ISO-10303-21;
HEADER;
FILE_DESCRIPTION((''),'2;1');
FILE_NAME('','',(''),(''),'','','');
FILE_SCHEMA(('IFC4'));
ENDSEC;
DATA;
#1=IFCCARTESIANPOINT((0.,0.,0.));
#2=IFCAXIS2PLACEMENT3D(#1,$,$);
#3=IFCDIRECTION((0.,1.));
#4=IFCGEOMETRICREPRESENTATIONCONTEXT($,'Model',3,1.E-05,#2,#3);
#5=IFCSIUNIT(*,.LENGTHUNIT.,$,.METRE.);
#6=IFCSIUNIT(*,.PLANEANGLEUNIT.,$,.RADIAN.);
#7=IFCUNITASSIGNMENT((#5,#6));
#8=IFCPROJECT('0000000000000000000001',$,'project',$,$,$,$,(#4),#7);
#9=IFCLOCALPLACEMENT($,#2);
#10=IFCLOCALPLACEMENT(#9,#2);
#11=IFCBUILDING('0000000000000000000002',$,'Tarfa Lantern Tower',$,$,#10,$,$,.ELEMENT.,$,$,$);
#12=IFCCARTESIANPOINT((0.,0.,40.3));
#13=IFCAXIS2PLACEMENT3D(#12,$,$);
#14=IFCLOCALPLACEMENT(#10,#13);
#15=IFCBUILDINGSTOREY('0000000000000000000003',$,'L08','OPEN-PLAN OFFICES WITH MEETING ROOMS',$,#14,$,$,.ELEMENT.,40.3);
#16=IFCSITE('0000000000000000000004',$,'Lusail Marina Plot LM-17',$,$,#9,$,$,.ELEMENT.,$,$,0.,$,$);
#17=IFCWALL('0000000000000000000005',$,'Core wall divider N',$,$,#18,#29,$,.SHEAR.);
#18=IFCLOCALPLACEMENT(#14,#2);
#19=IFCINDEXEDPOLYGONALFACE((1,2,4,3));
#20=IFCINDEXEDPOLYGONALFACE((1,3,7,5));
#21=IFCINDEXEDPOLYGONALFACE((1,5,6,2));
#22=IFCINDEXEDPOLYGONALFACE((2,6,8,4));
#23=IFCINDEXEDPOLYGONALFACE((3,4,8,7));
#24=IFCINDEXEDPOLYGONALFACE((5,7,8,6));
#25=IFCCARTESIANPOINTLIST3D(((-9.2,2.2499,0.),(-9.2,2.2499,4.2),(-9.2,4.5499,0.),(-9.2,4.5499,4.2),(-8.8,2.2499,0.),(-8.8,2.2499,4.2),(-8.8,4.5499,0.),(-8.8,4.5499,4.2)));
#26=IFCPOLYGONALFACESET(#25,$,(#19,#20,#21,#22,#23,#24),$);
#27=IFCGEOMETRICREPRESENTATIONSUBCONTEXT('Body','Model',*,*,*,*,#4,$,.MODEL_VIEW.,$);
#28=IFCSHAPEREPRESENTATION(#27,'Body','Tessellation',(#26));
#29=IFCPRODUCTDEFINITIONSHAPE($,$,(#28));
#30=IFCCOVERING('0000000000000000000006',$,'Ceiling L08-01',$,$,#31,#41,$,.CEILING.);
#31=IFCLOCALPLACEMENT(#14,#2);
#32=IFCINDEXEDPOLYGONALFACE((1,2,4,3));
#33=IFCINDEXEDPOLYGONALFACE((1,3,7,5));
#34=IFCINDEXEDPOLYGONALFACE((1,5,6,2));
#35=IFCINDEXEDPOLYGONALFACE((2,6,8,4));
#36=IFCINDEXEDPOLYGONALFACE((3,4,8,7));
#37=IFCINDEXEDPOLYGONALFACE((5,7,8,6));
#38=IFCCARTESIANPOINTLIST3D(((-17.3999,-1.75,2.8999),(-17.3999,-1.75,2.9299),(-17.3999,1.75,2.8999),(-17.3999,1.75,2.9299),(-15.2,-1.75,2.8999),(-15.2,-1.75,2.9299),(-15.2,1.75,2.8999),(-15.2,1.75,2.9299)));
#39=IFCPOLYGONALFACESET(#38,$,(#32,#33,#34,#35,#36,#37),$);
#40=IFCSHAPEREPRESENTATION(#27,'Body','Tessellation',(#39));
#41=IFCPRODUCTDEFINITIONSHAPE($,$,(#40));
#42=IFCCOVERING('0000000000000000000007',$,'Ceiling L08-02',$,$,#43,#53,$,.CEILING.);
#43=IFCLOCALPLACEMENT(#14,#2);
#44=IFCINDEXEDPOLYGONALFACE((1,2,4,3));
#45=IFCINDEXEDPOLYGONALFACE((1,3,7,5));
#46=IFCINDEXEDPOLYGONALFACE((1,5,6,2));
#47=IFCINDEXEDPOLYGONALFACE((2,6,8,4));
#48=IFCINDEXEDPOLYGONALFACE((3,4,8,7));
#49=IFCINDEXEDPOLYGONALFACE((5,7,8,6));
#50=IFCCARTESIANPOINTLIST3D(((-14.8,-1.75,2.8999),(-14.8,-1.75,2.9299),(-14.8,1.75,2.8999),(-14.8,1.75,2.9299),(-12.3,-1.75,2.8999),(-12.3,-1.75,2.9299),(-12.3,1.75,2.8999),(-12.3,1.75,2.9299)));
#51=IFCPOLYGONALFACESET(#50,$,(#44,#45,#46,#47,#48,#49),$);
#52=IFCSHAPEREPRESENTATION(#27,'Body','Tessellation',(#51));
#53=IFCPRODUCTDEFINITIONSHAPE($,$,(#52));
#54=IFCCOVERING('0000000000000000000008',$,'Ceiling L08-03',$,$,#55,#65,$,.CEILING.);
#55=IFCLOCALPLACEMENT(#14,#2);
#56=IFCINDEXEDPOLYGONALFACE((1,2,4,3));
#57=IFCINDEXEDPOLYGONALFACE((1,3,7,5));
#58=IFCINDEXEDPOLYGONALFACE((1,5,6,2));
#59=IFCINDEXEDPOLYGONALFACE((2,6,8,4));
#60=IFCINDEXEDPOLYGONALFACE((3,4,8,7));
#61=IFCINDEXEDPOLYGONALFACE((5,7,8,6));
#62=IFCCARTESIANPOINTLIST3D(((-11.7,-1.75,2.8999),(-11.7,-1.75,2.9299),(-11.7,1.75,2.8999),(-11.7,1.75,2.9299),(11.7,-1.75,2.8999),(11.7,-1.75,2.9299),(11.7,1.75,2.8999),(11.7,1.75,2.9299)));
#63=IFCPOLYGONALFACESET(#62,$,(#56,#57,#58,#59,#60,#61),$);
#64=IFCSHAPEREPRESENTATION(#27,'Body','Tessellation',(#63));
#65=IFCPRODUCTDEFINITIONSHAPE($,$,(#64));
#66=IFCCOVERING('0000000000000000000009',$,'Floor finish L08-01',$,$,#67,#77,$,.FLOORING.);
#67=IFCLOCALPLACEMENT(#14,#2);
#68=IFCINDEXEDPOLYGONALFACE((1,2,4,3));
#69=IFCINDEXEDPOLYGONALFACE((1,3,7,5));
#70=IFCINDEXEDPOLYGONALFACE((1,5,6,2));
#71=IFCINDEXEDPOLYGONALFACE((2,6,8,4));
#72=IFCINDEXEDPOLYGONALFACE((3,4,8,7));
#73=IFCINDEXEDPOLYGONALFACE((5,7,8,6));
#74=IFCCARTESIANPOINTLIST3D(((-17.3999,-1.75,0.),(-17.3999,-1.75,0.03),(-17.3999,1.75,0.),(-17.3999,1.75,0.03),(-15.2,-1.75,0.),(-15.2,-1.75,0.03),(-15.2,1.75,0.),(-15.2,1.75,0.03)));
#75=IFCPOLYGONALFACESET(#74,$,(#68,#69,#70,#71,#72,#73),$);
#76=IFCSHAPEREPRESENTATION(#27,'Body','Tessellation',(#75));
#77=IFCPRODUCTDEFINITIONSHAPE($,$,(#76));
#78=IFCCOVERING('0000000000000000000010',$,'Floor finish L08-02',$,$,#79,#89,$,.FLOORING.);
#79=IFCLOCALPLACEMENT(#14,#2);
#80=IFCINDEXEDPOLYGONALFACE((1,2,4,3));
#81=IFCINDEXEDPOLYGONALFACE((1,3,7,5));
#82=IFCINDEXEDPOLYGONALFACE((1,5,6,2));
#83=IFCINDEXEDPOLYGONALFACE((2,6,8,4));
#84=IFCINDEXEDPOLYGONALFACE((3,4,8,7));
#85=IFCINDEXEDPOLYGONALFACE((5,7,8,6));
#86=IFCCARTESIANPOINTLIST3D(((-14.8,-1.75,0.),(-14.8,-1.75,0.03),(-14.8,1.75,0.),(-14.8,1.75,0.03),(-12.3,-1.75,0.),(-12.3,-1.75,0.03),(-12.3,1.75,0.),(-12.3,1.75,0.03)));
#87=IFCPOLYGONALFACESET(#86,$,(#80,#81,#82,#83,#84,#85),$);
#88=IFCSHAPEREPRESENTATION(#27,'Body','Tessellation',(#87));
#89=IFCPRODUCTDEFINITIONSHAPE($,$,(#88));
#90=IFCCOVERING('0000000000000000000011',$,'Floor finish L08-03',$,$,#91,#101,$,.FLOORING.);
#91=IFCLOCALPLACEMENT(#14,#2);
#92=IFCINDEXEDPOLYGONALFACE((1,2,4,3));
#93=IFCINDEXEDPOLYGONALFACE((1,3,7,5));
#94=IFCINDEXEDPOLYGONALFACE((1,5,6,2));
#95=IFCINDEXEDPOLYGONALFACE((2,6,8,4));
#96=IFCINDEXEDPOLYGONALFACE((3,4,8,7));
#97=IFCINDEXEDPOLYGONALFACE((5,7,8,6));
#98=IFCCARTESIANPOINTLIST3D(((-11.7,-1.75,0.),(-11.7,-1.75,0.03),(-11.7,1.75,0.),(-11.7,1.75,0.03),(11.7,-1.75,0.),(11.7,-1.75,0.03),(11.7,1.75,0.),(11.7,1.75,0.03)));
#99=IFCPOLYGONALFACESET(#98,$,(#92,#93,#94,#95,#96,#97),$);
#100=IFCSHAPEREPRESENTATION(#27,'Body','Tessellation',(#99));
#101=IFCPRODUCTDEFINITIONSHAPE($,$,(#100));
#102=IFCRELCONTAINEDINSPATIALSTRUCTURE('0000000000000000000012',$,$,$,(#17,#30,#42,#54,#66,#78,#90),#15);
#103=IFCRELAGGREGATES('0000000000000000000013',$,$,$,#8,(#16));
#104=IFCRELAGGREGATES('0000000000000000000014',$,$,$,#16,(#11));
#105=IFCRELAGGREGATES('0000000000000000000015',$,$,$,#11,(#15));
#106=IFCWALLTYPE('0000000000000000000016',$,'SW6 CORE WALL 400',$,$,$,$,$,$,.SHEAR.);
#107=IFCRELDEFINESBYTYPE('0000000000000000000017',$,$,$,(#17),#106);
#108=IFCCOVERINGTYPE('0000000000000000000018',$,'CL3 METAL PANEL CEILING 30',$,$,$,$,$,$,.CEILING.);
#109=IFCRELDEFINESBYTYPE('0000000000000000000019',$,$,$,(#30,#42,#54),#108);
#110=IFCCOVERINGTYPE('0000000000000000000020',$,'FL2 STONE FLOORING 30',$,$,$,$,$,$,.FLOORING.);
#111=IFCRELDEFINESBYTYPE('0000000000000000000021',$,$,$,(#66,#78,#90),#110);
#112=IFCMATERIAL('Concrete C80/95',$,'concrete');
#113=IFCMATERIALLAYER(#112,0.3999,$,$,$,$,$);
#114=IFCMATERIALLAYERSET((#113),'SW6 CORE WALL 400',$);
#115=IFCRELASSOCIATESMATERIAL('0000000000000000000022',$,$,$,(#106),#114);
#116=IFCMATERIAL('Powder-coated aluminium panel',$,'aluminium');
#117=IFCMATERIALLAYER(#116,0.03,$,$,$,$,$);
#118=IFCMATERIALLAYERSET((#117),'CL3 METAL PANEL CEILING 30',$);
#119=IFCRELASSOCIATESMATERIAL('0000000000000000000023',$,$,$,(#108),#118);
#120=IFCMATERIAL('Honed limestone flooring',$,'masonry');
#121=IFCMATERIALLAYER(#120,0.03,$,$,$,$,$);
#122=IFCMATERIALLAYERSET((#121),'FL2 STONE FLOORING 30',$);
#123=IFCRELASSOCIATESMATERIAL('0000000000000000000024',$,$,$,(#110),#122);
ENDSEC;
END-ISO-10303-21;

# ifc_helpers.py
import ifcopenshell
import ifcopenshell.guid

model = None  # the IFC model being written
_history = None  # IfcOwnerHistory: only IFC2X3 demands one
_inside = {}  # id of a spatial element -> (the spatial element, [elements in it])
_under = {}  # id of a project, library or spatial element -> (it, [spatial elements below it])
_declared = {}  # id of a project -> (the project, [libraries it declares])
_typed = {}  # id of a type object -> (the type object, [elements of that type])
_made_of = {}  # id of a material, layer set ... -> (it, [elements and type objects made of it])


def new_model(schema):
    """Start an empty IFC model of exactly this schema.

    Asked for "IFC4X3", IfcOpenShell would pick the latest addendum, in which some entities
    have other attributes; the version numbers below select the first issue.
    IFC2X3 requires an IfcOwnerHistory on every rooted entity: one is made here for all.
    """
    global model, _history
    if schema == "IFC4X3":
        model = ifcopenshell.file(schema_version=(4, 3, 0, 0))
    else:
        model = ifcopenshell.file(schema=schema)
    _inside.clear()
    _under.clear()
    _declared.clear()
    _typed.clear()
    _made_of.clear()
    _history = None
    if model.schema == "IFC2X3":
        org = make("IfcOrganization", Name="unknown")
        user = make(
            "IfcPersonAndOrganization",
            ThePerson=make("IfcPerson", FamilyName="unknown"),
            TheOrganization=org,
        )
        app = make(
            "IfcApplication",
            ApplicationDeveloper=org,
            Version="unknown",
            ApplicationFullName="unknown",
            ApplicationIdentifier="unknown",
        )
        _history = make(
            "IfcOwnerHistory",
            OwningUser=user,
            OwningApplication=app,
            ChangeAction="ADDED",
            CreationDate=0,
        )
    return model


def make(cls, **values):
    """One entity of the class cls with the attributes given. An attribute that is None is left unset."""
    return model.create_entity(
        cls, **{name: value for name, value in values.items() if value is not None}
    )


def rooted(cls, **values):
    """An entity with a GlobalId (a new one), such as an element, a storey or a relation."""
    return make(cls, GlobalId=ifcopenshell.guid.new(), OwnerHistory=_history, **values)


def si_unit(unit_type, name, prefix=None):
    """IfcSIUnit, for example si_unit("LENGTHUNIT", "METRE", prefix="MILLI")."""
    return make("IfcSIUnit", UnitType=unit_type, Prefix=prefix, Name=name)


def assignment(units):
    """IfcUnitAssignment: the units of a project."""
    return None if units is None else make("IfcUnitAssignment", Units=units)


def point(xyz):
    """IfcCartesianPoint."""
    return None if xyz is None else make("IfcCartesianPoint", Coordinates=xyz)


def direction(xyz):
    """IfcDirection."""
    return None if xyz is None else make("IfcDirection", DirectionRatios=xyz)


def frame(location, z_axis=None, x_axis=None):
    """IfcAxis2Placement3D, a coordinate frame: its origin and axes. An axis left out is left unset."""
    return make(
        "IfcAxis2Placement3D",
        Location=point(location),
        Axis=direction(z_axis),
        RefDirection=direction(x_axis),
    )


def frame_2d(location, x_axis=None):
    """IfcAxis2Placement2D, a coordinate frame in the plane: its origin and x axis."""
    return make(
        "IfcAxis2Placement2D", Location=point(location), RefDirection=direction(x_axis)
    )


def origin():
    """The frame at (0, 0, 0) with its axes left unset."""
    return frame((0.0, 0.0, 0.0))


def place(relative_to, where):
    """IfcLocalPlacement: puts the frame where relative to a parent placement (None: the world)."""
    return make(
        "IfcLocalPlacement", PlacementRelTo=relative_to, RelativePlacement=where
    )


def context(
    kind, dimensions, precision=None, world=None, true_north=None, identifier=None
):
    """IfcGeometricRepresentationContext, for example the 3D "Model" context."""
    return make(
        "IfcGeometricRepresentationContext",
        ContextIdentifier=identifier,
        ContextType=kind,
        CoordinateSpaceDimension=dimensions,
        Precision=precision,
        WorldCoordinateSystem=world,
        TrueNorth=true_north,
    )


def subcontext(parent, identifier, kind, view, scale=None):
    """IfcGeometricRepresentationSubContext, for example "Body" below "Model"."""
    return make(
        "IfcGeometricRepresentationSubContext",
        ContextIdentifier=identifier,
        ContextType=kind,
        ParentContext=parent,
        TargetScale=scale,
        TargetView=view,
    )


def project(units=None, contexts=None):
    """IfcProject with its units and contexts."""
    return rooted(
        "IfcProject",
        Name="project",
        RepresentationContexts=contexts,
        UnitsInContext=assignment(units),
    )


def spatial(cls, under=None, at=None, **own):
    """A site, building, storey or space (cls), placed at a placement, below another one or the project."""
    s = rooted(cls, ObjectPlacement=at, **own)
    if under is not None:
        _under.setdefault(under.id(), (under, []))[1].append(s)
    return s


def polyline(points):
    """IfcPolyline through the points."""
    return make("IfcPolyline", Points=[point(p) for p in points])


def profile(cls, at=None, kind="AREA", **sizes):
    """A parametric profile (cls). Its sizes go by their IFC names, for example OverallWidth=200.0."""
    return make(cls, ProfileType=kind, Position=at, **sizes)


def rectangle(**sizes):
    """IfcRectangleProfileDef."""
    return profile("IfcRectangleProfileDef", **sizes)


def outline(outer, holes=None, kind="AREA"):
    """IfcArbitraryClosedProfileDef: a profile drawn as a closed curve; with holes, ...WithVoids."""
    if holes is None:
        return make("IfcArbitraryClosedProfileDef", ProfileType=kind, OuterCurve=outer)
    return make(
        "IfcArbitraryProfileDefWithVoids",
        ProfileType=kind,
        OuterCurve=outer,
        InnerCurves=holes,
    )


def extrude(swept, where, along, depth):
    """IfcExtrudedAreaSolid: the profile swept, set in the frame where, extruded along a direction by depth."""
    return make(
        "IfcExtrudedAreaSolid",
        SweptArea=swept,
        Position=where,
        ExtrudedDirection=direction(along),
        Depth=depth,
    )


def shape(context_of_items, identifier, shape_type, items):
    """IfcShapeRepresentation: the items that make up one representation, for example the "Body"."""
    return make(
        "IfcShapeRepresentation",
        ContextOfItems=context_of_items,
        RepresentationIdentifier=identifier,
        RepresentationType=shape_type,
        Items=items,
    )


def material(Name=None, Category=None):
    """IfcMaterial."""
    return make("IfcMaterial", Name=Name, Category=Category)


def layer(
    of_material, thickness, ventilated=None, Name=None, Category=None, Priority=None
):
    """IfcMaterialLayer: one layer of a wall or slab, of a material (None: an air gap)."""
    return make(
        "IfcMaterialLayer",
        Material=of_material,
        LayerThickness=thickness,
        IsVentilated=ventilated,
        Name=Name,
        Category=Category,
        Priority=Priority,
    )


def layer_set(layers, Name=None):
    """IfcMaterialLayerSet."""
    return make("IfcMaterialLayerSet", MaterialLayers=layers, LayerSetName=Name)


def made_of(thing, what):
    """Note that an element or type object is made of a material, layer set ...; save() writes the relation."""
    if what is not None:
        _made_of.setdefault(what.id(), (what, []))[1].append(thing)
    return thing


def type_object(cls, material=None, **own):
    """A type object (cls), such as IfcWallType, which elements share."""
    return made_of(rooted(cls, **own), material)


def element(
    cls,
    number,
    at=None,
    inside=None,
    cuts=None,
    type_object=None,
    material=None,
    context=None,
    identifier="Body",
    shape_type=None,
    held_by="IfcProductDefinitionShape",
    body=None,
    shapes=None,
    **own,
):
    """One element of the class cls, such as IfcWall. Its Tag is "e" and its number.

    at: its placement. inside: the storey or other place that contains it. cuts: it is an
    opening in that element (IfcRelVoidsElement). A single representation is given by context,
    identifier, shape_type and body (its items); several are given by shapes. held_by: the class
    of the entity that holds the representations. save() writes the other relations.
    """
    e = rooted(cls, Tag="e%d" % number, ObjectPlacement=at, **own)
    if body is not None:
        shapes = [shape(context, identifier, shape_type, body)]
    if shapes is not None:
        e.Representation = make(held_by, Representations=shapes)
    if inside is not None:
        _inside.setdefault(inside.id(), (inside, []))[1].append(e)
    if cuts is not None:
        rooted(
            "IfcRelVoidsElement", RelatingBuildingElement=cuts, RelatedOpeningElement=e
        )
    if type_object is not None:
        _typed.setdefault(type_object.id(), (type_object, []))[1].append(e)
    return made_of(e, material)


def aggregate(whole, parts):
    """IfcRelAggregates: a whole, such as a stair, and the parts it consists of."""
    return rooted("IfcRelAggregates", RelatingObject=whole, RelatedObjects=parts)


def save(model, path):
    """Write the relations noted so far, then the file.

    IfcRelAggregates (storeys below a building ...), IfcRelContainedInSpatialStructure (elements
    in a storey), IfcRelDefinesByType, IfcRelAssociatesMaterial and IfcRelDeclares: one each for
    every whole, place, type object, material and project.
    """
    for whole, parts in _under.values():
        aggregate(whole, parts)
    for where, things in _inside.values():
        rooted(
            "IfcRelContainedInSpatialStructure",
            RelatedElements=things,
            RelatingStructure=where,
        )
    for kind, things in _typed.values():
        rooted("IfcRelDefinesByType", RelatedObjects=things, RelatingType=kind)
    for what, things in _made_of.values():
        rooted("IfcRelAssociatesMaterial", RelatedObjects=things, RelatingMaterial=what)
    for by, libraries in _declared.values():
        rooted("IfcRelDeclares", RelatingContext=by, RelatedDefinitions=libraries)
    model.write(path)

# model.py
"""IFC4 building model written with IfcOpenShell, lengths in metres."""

from ifc_helpers import new_model, si_unit, direction, frame, frame_2d, origin, place, context, subcontext, project, spatial, polyline, rectangle, outline, extrude, material, layer, layer_set, type_object, element, save


model = new_model("IFC4")

# Units and contexts
model_context = context("Model", 3, precision=1e-05, world=origin(), true_north=direction((0.0, 1.0)))
body_context = subcontext(model_context, "Body", "Model", "MODEL_VIEW")
ifc_project = project(units=[si_unit("LENGTHUNIT", "METRE"), si_unit("PLANEANGLEUNIT", "RADIAN")], contexts=[model_context])

# Site, building, storey
site_placement = place(None, origin())
site = spatial("IfcSite", under=ifc_project, at=site_placement, Name="Lusail Marina Plot LM-17", CompositionType="ELEMENT", RefElevation=0.0)
building_placement = place(site_placement, origin())
building = spatial("IfcBuilding", under=site, at=building_placement, Name="Tarfa Lantern Tower", CompositionType="ELEMENT")
storey_placement = place(building_placement, frame((0.0, 0.0, 40.3)))
storey = spatial("IfcBuildingStorey", under=building, at=storey_placement, Name="L08", Description="OPEN-PLAN OFFICES WITH MEETING ROOMS", CompositionType="ELEMENT", Elevation=40.3)

# Shared definitions
ifc_material_1 = material(Name="Concrete C80/95", Category="concrete")

# Wall
ifc_layer_1 = layer(ifc_material_1, 0.3999)
ifc_layer_set_1 = layer_set([ifc_layer_1], Name="SW6 CORE WALL 400")
wall_type_1 = type_object("IfcWallType", Name="SW6 CORE WALL 400", PredefinedType="SHEAR", material=ifc_layer_set_1)
wall_1_placement = place(storey_placement, frame((-9.0, 2.25, 0.0), z_axis=(0.0, 0.0, 1.0), x_axis=(0.0, 1.0, 0.0)))
element("IfcWall", 1, at=wall_1_placement, inside=storey, type_object=wall_type_1, Name="Core wall divider N", PredefinedType="SHEAR", context=body_context, shape_type="SweptSolid", body=[
    extrude(rectangle(XDim=2.3, YDim=0.3999, at=frame_2d((1.1499, 0.0))), origin(), (0.0, 0.0, 1.0), 4.2),
])

# Coverings
ifc_material_2 = material(Name="Powder-coated aluminium panel", Category="aluminium")
ifc_layer_2 = layer(ifc_material_2, 0.03)
ifc_layer_set_2 = layer_set([ifc_layer_2], Name="CL3 METAL PANEL CEILING 30")
covering_type_1 = type_object("IfcCoveringType", Name="CL3 METAL PANEL CEILING 30", PredefinedType="CEILING", material=ifc_layer_set_2)
covering_1_placement = place(storey_placement, frame((0.0, 0.0, 2.8999)))
element("IfcCovering", 2, at=covering_1_placement, inside=storey, type_object=covering_type_1, Name="Ceiling L08-01", PredefinedType="CEILING", context=body_context, shape_type="SweptSolid", body=[
    extrude(outline(polyline([(-17.3999, -1.75), (-15.2, -1.75), (-15.2, 1.75), (-17.3999, 1.75), (-17.3999, -1.75)])), origin(), (0.0, 0.0, 1.0), 0.03),
])
covering_2_placement = place(storey_placement, frame((0.0, 0.0, 2.8999)))
element("IfcCovering", 3, at=covering_2_placement, inside=storey, type_object=covering_type_1, Name="Ceiling L08-02", PredefinedType="CEILING", context=body_context, shape_type="SweptSolid", body=[
    extrude(outline(polyline([(-14.8, -1.75), (-12.3, -1.75), (-12.3, 1.75), (-14.8, 1.75), (-14.8, -1.75)])), origin(), (0.0, 0.0, 1.0), 0.03),
])
covering_3_placement = place(storey_placement, frame((0.0, 0.0, 2.8999)))
element("IfcCovering", 4, at=covering_3_placement, inside=storey, type_object=covering_type_1, Name="Ceiling L08-03", PredefinedType="CEILING", context=body_context, shape_type="SweptSolid", body=[
    extrude(outline(polyline([(-11.7, -1.75), (11.7, -1.75), (11.7, 1.75), (-11.7, 1.75), (-11.7, -1.75)])), origin(), (0.0, 0.0, 1.0), 0.03),
])
ifc_material_3 = material(Name="Honed limestone flooring", Category="masonry")
ifc_layer_3 = layer(ifc_material_3, 0.03)
ifc_layer_set_3 = layer_set([ifc_layer_3], Name="FL2 STONE FLOORING 30")
covering_type_2 = type_object("IfcCoveringType", Name="FL2 STONE FLOORING 30", PredefinedType="FLOORING", material=ifc_layer_set_3)
covering_4_placement = place(storey_placement, origin())
element("IfcCovering", 5, at=covering_4_placement, inside=storey, type_object=covering_type_2, Name="Floor finish L08-01", PredefinedType="FLOORING", context=body_context, shape_type="SweptSolid", body=[
    extrude(outline(polyline([(-17.3999, -1.75), (-15.2, -1.75), (-15.2, 1.75), (-17.3999, 1.75), (-17.3999, -1.75)])), origin(), (0.0, 0.0, 1.0), 0.03),
])
covering_5_placement = place(storey_placement, origin())
element("IfcCovering", 6, at=covering_5_placement, inside=storey, type_object=covering_type_2, Name="Floor finish L08-02", PredefinedType="FLOORING", context=body_context, shape_type="SweptSolid", body=[
    extrude(outline(polyline([(-14.8, -1.75), (-12.3, -1.75), (-12.3, 1.75), (-14.8, 1.75), (-14.8, -1.75)])), origin(), (0.0, 0.0, 1.0), 0.03),
])
covering_6_placement = place(storey_placement, origin())
element("IfcCovering", 7, at=covering_6_placement, inside=storey, type_object=covering_type_2, Name="Floor finish L08-03", PredefinedType="FLOORING", context=body_context, shape_type="SweptSolid", body=[
    extrude(outline(polyline([(-11.7, -1.75), (11.7, -1.75), (11.7, 1.75), (-11.7, 1.75), (-11.7, -1.75)])), origin(), (0.0, 0.0, 1.0), 0.03),
])

save(model, "model.ifc")
